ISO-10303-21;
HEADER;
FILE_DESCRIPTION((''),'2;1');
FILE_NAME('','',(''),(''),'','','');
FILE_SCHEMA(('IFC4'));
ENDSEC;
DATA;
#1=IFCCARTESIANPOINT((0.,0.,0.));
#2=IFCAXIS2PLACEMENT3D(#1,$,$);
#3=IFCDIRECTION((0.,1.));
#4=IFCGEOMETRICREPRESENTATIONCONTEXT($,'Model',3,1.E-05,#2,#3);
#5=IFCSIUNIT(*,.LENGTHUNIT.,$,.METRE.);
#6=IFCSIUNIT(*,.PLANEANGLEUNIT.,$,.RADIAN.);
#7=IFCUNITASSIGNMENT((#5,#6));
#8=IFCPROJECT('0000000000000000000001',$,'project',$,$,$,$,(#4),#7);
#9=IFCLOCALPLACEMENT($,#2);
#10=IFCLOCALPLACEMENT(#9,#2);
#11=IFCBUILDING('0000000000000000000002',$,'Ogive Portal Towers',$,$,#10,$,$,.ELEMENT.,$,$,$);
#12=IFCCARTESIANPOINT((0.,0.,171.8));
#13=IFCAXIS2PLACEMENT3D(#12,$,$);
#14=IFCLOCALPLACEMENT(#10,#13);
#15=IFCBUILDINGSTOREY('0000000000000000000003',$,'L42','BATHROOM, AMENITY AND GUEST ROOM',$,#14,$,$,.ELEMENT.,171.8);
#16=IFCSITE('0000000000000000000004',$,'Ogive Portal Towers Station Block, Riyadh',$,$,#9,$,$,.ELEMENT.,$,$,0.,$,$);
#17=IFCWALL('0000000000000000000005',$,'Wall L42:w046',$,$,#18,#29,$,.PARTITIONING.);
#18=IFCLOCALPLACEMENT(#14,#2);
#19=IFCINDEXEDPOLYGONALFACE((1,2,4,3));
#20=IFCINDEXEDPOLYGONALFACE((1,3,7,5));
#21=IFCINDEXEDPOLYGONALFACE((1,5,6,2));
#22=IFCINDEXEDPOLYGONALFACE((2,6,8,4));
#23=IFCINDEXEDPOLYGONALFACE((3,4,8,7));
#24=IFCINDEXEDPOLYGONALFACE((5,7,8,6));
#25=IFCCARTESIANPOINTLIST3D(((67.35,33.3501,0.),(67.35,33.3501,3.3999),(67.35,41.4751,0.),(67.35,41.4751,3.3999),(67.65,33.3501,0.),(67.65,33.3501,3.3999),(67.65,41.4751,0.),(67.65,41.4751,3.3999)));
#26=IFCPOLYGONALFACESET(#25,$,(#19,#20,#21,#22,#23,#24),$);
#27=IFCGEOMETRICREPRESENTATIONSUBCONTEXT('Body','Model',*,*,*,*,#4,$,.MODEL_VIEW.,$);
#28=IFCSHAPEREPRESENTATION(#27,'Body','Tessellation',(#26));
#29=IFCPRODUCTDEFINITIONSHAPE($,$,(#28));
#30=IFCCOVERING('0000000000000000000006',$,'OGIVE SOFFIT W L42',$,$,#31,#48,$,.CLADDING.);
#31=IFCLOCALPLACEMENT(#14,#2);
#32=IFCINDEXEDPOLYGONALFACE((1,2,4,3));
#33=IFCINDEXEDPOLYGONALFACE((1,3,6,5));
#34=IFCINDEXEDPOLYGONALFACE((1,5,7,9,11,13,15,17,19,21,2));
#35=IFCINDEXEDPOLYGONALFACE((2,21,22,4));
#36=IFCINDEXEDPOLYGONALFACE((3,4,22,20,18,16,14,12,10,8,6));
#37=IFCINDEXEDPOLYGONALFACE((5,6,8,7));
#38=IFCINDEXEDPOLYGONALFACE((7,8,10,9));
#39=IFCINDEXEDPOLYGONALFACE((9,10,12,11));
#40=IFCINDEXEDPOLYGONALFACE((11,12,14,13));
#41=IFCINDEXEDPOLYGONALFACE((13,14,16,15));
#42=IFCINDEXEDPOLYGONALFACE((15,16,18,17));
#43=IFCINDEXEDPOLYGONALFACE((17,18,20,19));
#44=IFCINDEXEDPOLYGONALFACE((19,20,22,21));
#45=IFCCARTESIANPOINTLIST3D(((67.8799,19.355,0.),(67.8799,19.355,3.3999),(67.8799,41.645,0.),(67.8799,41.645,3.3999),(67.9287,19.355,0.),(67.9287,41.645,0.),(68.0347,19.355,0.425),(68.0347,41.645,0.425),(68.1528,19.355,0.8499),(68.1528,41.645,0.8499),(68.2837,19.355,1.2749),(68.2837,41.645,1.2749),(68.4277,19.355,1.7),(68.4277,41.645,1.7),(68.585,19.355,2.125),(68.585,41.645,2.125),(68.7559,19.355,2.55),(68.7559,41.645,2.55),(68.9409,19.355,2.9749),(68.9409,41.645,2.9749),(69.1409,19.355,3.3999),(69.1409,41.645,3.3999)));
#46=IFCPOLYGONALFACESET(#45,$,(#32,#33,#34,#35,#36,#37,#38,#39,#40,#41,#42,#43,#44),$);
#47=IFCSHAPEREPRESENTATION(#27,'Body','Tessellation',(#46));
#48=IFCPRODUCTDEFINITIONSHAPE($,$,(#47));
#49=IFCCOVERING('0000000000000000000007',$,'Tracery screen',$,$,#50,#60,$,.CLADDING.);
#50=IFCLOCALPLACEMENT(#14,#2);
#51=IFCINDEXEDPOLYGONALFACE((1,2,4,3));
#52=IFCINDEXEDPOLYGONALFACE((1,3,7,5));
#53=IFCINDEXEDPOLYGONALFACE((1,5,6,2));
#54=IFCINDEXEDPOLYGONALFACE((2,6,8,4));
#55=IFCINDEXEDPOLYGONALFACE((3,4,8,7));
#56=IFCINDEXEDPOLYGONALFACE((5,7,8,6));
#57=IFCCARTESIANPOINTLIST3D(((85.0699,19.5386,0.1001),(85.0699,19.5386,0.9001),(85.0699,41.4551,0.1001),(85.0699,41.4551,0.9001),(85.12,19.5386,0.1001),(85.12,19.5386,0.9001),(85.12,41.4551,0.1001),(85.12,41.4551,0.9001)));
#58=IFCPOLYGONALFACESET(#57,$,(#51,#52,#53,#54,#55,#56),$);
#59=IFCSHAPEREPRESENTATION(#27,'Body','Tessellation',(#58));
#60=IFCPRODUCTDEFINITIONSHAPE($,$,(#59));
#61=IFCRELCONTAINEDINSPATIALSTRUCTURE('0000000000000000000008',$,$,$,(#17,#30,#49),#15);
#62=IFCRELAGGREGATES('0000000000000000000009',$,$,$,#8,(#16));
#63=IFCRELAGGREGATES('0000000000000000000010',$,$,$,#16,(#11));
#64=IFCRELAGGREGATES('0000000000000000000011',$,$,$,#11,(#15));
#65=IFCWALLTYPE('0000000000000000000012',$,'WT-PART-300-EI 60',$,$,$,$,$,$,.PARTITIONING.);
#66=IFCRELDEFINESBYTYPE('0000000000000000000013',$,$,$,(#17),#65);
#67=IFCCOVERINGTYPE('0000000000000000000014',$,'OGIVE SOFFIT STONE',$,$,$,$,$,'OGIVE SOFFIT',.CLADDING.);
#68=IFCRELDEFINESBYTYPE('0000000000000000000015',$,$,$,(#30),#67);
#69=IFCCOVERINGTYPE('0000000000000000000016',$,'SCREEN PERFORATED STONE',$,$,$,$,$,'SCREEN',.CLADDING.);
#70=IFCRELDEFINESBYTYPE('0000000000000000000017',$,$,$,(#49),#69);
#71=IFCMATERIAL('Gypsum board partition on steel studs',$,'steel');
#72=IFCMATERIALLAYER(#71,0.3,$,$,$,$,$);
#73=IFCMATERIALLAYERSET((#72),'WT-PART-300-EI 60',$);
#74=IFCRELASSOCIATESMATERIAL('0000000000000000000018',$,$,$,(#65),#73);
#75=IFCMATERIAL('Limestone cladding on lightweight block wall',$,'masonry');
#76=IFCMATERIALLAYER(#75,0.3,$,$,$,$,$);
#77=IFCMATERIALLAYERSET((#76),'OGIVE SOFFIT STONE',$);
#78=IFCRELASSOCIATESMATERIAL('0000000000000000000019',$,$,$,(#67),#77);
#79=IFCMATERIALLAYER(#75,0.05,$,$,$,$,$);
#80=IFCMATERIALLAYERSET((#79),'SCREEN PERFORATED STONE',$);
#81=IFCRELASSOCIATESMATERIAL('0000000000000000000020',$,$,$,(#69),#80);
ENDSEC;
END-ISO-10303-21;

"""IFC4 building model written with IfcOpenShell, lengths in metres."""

from ifc_helpers import new_model, si_unit, direction, frame, frame_2d, origin, origin_2d, place, context, subcontext, project, spatial, polyline, rectangle, outline, extrude, material, layer, layer_set, type_object, element, save


model = new_model("IFC4")

# Units and contexts
model_context = context("Model", 3, precision=1e-05, world=origin(), true_north=direction((0.0, 1.0)))
body_context = subcontext(model_context, "Body", "Model", "MODEL_VIEW")
ifc_project = project(units=[si_unit("LENGTHUNIT", "METRE"), si_unit("PLANEANGLEUNIT", "RADIAN")], contexts=[model_context])

# Site, building, storey
site_placement = place(None, origin())
site = spatial("IfcSite", under=ifc_project, at=site_placement, Name="Ogive Portal Towers Station Block, Riyadh", CompositionType="ELEMENT", RefElevation=0.0)
building_placement = place(site_placement, origin())
building = spatial("IfcBuilding", under=site, at=building_placement, Name="Ogive Portal Towers", CompositionType="ELEMENT")
storey_placement = place(building_placement, frame((0.0, 0.0, 171.8)))
storey = spatial("IfcBuildingStorey", under=building, at=storey_placement, Name="L42", Description="BATHROOM, AMENITY AND GUEST ROOM", CompositionType="ELEMENT", Elevation=171.8)

# Wall
ifc_material_1 = material(Name="Gypsum board partition on steel studs", Category="steel")
ifc_layer_1 = layer(ifc_material_1, 0.3)
ifc_layer_set_1 = layer_set([ifc_layer_1], Name="WT-PART-300-EI 60")
wall_type = type_object("IfcWallType", Name="WT-PART-300-EI 60", PredefinedType="PARTITIONING", material=ifc_layer_set_1)
wall_placement = place(storey_placement, frame((67.5, 33.3501, 0.0), z_axis=(0.0, 0.0, 1.0), x_axis=(0.0, 1.0, 0.0)))
element("IfcWall", 1, at=wall_placement, inside=storey, type_object=wall_type, Name="Wall L42:w046", PredefinedType="PARTITIONING", context=body_context, shape_type="SweptSolid", body=[
    extrude(rectangle(XDim=8.125, YDim=0.3, at=frame_2d((4.0625, 0.0))), origin(), (0.0, 0.0, 1.0), 3.3999),
])

# Coverings
ifc_material_2 = material(Name="Limestone cladding on lightweight block wall", Category="masonry")
ifc_layer_2 = layer(ifc_material_2, 0.3)
ifc_layer_set_2 = layer_set([ifc_layer_2], Name="OGIVE SOFFIT STONE")
covering_type_1 = type_object("IfcCoveringType", Name="OGIVE SOFFIT STONE", ElementType="OGIVE SOFFIT", PredefinedType="CLADDING", material=ifc_layer_set_2)
covering_1_placement = place(storey_placement, frame((67.8799, 19.355, 0.0), z_axis=(0.0, -1.0, 0.0), x_axis=(1.0, 0.0, 0.0)))
element("IfcCovering", 2, at=covering_1_placement, inside=storey, type_object=covering_type_1, Name="OGIVE SOFFIT W L42", PredefinedType="CLADDING", context=body_context, shape_type="SweptSolid", body=[
    extrude(outline(polyline([(0.0, 0.0), (0.0488, 0.0), (0.1548, 0.425), (0.2729, 0.8499), (0.4038, 1.2749), (0.5479, 1.7), (0.7051, 2.125), (0.876, 2.55), (1.061, 2.9749), (1.261, 3.3999), (0.0, 3.3999), (0.0, 0.0)])), origin(), (0.0, 0.0, -1.0), 22.29),
])
ifc_layer_3 = layer(ifc_material_2, 0.05)
ifc_layer_set_3 = layer_set([ifc_layer_3], Name="SCREEN PERFORATED STONE")
covering_type_2 = type_object("IfcCoveringType", Name="SCREEN PERFORATED STONE", ElementType="SCREEN", PredefinedType="CLADDING", material=ifc_layer_set_3)
covering_2_placement = place(storey_placement, frame((85.095, 30.4968, 0.1001), z_axis=(0.0, 0.0, 1.0), x_axis=(0.0, -1.0, 0.0)))
element("IfcCovering", 3, at=covering_2_placement, inside=storey, type_object=covering_type_2, Name="Tracery screen", PredefinedType="CLADDING", context=body_context, shape_type="SweptSolid", body=[
    extrude(rectangle(XDim=21.9165, YDim=0.05, at=origin_2d()), origin(), (0.0, 0.0, 1.0), 0.8),
])

save(model, "model.ifc")
